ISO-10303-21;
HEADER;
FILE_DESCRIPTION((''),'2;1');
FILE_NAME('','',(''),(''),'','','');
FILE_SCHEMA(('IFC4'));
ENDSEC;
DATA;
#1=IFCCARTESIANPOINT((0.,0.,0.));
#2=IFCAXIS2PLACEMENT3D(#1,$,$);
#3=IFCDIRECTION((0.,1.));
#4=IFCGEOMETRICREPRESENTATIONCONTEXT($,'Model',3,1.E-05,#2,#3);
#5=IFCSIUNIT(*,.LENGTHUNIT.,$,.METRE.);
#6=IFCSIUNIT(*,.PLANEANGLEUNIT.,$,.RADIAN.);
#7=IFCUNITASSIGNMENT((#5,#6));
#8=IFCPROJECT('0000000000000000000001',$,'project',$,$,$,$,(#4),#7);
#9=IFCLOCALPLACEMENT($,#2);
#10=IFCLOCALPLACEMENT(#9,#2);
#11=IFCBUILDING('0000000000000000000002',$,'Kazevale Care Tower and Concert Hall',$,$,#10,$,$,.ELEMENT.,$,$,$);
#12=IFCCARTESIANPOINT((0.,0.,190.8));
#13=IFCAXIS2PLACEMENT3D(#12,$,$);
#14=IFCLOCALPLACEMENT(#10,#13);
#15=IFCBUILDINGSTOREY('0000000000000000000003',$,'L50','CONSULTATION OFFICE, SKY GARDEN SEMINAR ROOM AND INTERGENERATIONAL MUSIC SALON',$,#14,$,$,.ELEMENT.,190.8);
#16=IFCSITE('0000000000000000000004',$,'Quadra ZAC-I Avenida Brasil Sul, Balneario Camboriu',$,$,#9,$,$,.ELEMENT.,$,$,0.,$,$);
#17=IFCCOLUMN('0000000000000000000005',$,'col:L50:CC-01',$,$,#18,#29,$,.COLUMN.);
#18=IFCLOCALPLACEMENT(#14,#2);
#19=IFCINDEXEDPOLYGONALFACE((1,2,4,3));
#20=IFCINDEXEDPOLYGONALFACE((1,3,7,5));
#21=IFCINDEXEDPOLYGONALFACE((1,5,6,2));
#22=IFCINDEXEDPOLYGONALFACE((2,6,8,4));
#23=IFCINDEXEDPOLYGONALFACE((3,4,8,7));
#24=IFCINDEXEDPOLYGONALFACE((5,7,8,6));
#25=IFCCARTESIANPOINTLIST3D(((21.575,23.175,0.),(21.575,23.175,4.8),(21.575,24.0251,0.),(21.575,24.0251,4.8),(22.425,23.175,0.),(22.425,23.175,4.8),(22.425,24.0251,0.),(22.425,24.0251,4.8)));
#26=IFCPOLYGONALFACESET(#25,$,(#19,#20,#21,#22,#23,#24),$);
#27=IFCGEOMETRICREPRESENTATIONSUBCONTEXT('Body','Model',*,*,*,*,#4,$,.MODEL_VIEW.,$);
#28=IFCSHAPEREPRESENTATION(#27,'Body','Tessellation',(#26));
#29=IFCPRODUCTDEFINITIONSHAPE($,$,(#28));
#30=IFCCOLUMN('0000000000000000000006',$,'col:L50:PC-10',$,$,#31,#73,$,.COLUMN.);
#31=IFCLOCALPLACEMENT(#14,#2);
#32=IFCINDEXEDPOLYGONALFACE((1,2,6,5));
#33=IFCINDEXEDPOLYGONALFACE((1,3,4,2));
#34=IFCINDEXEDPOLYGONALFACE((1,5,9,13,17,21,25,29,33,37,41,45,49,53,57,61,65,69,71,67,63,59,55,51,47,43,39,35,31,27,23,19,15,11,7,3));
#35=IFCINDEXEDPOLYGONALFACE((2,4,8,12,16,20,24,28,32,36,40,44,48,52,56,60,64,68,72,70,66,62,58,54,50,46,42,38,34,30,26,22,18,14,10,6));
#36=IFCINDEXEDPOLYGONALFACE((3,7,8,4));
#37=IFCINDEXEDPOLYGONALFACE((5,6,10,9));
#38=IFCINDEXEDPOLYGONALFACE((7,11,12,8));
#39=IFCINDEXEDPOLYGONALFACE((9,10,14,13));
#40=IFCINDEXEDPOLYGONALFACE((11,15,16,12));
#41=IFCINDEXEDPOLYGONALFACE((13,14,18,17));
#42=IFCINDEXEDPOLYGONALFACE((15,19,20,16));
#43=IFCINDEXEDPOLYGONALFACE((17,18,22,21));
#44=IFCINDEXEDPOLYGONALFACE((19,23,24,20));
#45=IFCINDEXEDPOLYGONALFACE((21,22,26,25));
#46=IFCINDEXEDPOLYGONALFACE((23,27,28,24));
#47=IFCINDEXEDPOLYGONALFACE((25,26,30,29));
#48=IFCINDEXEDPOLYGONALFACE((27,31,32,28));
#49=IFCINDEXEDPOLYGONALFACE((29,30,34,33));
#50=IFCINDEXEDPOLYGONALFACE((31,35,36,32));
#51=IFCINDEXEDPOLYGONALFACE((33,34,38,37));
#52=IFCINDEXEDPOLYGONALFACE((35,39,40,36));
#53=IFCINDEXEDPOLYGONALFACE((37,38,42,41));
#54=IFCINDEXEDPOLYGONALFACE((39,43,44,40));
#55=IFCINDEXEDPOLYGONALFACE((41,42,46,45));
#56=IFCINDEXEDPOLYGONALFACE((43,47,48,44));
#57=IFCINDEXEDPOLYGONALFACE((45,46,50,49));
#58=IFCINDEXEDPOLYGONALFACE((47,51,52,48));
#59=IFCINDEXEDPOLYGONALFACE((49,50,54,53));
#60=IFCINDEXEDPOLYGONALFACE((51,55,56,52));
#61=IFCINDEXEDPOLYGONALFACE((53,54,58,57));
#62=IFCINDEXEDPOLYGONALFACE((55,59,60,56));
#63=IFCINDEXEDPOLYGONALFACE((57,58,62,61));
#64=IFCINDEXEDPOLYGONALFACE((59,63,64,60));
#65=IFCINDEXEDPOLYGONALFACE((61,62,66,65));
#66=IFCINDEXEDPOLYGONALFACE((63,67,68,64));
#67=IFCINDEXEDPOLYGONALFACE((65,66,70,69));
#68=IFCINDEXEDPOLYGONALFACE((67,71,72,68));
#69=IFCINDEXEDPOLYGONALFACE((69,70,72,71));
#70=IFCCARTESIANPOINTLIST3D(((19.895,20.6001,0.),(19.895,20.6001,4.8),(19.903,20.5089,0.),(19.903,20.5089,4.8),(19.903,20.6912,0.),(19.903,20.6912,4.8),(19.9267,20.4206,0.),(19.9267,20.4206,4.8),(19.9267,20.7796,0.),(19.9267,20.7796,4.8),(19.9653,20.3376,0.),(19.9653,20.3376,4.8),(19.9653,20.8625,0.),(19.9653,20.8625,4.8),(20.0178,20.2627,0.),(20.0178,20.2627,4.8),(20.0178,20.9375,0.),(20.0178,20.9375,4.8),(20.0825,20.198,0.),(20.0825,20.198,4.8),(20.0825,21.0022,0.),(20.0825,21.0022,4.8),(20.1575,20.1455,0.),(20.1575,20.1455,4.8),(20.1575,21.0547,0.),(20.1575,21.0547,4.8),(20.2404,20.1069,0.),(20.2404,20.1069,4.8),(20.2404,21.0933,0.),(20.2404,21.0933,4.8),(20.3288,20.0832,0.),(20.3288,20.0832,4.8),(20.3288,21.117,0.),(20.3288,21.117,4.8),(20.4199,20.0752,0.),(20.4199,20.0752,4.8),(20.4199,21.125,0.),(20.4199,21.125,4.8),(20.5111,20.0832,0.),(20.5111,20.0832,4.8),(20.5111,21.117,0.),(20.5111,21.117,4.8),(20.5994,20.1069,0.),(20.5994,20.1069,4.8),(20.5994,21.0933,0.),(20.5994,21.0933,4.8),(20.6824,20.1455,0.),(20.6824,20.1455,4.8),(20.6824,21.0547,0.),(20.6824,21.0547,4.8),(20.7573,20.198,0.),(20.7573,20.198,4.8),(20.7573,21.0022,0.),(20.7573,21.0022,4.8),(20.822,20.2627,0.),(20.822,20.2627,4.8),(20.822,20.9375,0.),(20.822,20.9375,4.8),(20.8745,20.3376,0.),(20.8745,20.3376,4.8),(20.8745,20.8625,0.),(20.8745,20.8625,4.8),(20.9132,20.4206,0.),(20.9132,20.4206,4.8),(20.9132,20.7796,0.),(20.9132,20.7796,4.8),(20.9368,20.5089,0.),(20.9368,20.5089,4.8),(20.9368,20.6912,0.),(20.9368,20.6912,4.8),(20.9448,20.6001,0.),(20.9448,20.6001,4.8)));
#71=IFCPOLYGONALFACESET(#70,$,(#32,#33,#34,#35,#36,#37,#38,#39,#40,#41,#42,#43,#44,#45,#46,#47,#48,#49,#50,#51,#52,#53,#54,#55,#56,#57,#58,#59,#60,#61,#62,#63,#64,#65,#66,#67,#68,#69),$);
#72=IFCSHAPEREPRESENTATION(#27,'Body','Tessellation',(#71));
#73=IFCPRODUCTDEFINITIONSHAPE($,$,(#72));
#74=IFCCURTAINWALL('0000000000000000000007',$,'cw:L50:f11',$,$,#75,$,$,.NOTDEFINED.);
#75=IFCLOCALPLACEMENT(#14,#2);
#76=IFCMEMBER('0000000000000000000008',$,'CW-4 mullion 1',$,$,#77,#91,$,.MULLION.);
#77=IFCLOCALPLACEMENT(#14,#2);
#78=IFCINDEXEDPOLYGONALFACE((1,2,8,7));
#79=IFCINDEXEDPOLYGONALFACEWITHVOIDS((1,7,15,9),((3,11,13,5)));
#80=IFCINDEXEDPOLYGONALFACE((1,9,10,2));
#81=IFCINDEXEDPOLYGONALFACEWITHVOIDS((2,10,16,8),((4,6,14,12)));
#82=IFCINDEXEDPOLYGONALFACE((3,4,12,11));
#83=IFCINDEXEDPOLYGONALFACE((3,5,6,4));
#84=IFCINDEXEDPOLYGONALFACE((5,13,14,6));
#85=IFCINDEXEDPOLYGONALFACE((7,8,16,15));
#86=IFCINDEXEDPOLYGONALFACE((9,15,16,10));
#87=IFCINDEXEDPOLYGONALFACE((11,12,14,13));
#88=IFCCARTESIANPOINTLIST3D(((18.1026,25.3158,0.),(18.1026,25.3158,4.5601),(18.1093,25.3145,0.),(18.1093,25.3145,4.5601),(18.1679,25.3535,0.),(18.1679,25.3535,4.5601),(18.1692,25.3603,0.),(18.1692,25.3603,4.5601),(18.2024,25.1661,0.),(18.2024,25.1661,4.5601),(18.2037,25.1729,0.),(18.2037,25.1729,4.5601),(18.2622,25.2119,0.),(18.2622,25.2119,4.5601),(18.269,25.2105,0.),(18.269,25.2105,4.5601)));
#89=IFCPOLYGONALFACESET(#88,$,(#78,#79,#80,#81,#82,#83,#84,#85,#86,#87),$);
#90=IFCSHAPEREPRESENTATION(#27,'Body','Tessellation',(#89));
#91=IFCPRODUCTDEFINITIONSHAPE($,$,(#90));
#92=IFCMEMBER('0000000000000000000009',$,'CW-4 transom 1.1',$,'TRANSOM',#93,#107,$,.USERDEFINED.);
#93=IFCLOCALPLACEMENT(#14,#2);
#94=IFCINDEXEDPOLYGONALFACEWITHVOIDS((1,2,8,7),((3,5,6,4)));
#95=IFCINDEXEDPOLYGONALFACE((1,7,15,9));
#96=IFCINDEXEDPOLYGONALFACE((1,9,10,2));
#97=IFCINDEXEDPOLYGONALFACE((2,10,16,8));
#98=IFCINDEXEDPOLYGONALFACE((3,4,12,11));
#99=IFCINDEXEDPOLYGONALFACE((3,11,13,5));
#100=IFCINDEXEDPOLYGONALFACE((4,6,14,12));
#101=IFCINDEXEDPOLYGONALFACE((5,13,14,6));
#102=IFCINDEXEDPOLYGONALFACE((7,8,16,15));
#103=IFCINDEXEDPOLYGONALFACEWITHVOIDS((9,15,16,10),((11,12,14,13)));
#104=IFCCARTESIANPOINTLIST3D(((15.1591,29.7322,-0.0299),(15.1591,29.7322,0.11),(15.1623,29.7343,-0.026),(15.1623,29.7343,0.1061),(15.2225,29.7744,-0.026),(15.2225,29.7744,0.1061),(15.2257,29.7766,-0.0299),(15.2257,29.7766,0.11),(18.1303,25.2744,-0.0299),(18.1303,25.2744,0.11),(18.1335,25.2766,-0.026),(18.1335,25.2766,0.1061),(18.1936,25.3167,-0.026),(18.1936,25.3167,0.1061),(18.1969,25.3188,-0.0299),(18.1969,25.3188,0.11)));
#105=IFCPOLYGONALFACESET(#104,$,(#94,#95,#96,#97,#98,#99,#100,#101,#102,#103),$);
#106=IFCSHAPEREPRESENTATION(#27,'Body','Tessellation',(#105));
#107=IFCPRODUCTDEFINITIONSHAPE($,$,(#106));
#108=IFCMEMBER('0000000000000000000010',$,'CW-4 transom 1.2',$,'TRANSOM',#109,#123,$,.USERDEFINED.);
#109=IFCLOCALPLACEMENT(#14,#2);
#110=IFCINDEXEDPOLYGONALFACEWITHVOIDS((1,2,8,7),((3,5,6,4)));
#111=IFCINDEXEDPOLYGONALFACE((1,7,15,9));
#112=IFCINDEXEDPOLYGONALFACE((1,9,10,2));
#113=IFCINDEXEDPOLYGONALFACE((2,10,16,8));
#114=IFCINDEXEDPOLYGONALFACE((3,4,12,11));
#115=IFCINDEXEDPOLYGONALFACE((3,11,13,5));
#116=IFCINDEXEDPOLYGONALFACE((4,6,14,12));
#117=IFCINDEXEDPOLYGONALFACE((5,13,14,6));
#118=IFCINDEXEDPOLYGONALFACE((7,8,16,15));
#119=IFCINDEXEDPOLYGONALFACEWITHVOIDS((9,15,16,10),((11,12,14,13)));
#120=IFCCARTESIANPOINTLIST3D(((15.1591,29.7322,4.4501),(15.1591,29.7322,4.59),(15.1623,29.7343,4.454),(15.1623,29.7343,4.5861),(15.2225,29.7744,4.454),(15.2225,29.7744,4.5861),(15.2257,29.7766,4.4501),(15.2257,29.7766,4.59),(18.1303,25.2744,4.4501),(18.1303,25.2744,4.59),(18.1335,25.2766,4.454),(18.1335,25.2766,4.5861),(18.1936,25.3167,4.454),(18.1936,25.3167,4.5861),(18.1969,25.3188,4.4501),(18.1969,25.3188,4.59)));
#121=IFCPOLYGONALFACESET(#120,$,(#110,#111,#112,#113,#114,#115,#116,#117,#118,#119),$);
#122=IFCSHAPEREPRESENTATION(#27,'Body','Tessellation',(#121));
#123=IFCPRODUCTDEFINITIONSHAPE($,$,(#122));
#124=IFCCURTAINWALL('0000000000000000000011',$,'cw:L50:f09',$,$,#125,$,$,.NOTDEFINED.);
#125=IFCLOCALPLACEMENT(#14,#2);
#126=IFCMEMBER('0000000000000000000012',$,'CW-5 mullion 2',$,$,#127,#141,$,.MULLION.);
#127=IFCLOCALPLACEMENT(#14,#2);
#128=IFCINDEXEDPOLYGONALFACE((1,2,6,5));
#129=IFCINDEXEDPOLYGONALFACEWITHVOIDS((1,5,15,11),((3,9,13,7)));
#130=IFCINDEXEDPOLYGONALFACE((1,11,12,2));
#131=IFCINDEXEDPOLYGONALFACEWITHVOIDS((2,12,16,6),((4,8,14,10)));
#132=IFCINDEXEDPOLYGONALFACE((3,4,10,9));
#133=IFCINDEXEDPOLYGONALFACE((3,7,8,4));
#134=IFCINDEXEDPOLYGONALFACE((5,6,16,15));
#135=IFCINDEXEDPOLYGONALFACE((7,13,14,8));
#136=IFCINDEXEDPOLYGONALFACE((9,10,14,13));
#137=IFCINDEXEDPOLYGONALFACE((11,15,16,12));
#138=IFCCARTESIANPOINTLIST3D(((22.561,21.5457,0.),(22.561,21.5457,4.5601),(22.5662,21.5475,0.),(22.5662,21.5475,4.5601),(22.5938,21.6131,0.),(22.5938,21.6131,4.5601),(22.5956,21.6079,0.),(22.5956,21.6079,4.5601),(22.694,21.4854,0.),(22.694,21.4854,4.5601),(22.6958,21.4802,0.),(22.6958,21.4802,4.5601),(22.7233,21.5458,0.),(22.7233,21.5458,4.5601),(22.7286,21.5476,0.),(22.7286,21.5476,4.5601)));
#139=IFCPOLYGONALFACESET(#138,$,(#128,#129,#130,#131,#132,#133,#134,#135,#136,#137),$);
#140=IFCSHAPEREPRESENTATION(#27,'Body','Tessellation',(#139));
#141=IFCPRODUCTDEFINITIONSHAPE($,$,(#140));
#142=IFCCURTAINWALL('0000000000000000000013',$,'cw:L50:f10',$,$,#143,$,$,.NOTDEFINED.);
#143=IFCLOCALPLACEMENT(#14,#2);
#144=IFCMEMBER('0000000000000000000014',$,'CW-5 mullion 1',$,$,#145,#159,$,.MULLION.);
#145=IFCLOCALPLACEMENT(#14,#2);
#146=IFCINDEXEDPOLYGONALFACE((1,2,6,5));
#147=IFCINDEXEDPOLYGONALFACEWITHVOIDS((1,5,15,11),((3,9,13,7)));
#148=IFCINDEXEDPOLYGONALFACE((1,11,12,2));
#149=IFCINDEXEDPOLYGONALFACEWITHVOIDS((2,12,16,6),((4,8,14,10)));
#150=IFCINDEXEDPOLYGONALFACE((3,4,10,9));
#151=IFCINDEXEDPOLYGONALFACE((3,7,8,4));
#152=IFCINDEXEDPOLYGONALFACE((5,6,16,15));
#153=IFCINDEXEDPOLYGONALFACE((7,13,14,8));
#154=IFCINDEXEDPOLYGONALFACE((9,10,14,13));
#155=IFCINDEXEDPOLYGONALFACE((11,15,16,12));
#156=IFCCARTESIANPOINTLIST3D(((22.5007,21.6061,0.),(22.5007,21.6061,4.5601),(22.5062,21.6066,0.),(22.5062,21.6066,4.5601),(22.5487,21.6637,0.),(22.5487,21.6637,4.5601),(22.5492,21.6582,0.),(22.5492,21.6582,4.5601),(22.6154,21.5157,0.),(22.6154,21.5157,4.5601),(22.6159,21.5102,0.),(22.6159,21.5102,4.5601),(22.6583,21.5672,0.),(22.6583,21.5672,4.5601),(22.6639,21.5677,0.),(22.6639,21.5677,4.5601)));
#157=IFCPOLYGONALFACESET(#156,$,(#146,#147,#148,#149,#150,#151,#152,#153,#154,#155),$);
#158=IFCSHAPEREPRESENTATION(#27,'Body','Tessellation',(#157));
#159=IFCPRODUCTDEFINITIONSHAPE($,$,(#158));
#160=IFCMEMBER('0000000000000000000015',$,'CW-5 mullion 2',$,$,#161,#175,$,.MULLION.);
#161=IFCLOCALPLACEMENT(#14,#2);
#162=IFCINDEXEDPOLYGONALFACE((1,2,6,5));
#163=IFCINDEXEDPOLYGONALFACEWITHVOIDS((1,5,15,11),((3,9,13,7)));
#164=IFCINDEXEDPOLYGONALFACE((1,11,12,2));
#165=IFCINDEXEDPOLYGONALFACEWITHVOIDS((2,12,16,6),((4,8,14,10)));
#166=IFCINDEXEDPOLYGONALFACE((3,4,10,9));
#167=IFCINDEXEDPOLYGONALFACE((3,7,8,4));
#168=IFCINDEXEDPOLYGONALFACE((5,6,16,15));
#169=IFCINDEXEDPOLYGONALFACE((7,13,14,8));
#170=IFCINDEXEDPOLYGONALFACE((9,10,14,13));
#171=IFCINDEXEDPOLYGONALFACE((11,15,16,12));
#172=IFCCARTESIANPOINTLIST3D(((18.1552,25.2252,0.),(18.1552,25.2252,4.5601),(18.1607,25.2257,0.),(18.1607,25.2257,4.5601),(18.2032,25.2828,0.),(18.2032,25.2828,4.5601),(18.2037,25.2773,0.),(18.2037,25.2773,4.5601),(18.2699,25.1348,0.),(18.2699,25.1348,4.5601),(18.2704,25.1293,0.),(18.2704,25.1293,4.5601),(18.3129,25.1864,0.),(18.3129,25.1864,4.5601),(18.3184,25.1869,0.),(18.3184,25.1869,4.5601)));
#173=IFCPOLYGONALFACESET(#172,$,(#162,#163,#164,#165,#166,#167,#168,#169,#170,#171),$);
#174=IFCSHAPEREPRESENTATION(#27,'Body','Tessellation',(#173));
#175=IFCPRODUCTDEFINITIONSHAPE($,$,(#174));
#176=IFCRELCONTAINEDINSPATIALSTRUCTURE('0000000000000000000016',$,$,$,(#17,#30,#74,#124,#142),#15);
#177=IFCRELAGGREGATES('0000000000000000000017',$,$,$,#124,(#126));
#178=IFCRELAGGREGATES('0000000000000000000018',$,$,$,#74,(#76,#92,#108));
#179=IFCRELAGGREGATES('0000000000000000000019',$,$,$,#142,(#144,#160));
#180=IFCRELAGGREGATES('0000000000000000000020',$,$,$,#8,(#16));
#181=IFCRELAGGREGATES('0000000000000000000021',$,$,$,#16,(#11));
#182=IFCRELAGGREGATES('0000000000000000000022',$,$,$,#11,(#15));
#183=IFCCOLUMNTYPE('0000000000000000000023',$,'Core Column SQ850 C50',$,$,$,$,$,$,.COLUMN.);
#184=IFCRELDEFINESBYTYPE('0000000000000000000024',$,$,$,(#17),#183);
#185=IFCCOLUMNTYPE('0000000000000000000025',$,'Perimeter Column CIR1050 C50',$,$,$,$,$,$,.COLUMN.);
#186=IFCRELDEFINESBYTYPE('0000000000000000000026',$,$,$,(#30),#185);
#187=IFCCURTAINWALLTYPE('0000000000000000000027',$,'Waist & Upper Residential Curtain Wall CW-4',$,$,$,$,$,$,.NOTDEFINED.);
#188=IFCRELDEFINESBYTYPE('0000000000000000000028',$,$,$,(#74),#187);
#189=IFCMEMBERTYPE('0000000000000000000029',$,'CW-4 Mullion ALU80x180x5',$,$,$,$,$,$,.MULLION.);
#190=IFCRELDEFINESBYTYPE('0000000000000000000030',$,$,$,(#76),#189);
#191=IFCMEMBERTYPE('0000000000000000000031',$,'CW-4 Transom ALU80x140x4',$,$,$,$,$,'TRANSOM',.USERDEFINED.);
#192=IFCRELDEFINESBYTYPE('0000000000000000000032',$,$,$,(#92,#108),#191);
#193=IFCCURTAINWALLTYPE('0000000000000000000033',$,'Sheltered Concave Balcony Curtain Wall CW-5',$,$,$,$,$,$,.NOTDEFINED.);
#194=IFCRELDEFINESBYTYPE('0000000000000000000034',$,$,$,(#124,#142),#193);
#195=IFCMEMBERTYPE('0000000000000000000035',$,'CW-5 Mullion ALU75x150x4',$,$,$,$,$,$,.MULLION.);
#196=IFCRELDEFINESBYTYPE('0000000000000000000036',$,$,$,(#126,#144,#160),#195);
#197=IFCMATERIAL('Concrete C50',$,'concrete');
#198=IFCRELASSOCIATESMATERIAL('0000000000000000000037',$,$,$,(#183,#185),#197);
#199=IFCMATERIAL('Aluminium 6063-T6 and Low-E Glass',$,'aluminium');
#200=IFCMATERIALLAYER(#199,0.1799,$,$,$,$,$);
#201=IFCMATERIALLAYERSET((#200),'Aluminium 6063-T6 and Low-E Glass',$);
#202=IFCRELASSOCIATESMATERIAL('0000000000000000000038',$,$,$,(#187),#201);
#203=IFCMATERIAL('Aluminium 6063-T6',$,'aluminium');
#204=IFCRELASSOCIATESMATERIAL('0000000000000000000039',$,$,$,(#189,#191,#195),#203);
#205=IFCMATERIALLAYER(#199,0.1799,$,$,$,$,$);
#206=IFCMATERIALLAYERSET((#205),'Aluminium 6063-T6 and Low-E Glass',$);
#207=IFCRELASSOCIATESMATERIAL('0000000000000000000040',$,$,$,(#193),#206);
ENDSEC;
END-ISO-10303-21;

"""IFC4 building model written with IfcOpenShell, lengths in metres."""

from ifc_helpers import new_model, si_unit, direction, frame, origin, origin_2d, place, context, subcontext, project, spatial, rectangle, hollow_rectangle, circle, extrude, material, layer, layer_set, material_profile, profile_set, type_object, element, aggregate, save


model = new_model("IFC4")

# Units and contexts
model_context = context("Model", 3, precision=1e-05, world=origin(), true_north=direction((0.0, 1.0)))
body_context = subcontext(model_context, "Body", "Model", "MODEL_VIEW")
ifc_project = project(units=[si_unit("LENGTHUNIT", "METRE"), si_unit("PLANEANGLEUNIT", "RADIAN")], contexts=[model_context])

# Site, building, storey
site_placement = place(None, origin())
site = spatial("IfcSite", under=ifc_project, at=site_placement, Name="Quadra ZAC-I Avenida Brasil Sul, Balneario Camboriu", CompositionType="ELEMENT", RefElevation=0.0)
building_placement = place(site_placement, origin())
building = spatial("IfcBuilding", under=site, at=building_placement, Name="Kazevale Care Tower and Concert Hall", CompositionType="ELEMENT")
storey_placement = place(building_placement, frame((0.0, 0.0, 190.8)))
storey = spatial("IfcBuildingStorey", under=building, at=storey_placement, Name="L50", Description="CONSULTATION OFFICE, SKY GARDEN SEMINAR ROOM AND INTERGENERATIONAL MUSIC SALON", CompositionType="ELEMENT", Elevation=190.8)

# Columns
ifc_material_1 = material(Name="Concrete C50", Category="concrete")
ifc_material_profile_1 = material_profile(ifc_material_1, rectangle(XDim=0.8501, YDim=0.8501, at=origin_2d()), Name="RC-SQ850")
ifc_profile_set_1 = profile_set([ifc_material_profile_1], Name="Concrete C50")
column_type_1 = type_object("IfcColumnType", Name="Core Column SQ850 C50", PredefinedType="COLUMN", material=ifc_profile_set_1)
column_1_placement = place(storey_placement, frame((22.0, 23.6001, 0.0), z_axis=(0.0, 0.0, 1.0), x_axis=(1.0, 0.0, 0.0)))
element("IfcColumn", 1, at=column_1_placement, inside=storey, type_object=column_type_1, Name="col:L50:CC-01", PredefinedType="COLUMN", context=body_context, shape_type="SweptSolid", body=[
    extrude(rectangle(XDim=0.8501, YDim=0.8501, at=origin_2d()), origin(), (0.0, 0.0, 1.0), 4.8),
])
ifc_material_profile_2 = material_profile(ifc_material_1, circle(Radius=0.5249, at=origin_2d()), Name="RC-CIR1050")
ifc_profile_set_2 = profile_set([ifc_material_profile_2], Name="Concrete C50")
column_type_2 = type_object("IfcColumnType", Name="Perimeter Column CIR1050 C50", PredefinedType="COLUMN", material=ifc_profile_set_2)
column_2_placement = place(storey_placement, frame((20.4199, 20.6001, 0.0), z_axis=(0.0, 0.0, 1.0), x_axis=(1.0, 0.0, 0.0)))
element("IfcColumn", 2, at=column_2_placement, inside=storey, type_object=column_type_2, Name="col:L50:PC-10", PredefinedType="COLUMN", context=body_context, shape_type="SweptSolid", body=[
    extrude(circle(Radius=0.5249, at=origin_2d()), origin(), (0.0, 0.0, 1.0), 4.8),
])

# Curtain wall, members
ifc_material_2 = material(Name="Aluminium 6063-T6 and Low-E Glass", Category="aluminium")
ifc_layer_1 = layer(ifc_material_2, 0.1799)
ifc_layer_set_1 = layer_set([ifc_layer_1], Name="Aluminium 6063-T6 and Low-E Glass")
curtain_wall_type_1 = type_object("IfcCurtainWallType", Name="Waist & Upper Residential Curtain Wall CW-4", PredefinedType="NOTDEFINED", material=ifc_layer_set_1)
curtain_wall_1_placement = place(storey_placement, origin())
curtain_wall_1 = element("IfcCurtainWall", 3, at=curtain_wall_1_placement, inside=storey, type_object=curtain_wall_type_1, Name="cw:L50:f11", PredefinedType="NOTDEFINED")
ifc_material_3 = material(Name="Aluminium 6063-T6", Category="aluminium")
ifc_material_profile_3 = material_profile(ifc_material_3, hollow_rectangle(XDim=0.0801, YDim=0.1799, WallThickness=0.0049, at=origin_2d()), Name="ALU80x180x5")
ifc_profile_set_3 = profile_set([ifc_material_profile_3], Name="Aluminium 6063-T6")
member_type_1 = type_object("IfcMemberType", Name="CW-4 Mullion ALU80x180x5", PredefinedType="MULLION", material=ifc_profile_set_3)
member_1_placement = place(storey_placement, frame((18.1858, 25.2632, 0.0), z_axis=(0.0, 0.0, 1.0), x_axis=(-0.832106, -0.554617, 0.0)))
member_1 = element("IfcMember", 4, at=member_1_placement, type_object=member_type_1, Name="CW-4 mullion 1", PredefinedType="MULLION", context=body_context, shape_type="SweptSolid", body=[
    extrude(hollow_rectangle(XDim=0.0801, YDim=0.1799, WallThickness=0.0049, at=origin_2d()), origin(), (0.0, 0.0, 1.0), 4.5601),
])
ifc_material_profile_4 = material_profile(ifc_material_3, hollow_rectangle(XDim=0.0801, YDim=0.1399, WallThickness=0.0039, at=origin_2d()), Name="ALU80x140x4")
ifc_profile_set_4 = profile_set([ifc_material_profile_4], Name="Aluminium 6063-T6")
member_type_2 = type_object("IfcMemberType", Name="CW-4 Transom ALU80x140x4", ElementType="TRANSOM", PredefinedType="USERDEFINED", material=ifc_profile_set_4)
member_2_placement = place(storey_placement, frame((18.1636, 25.2966, 0.04), z_axis=(-0.554616, 0.832106, 0.0), x_axis=(-0.832106, -0.554616, 0.0)))
member_2 = element("IfcMember", 5, at=member_2_placement, type_object=member_type_2, Name="CW-4 transom 1.1", ObjectType="TRANSOM", PredefinedType="USERDEFINED", context=body_context, shape_type="SweptSolid", body=[
    extrude(hollow_rectangle(XDim=0.0801, YDim=0.1399, WallThickness=0.0039, at=origin_2d()), origin(), (0.0, 0.0, 1.0), 5.3572),
])
member_3_placement = place(storey_placement, frame((18.1636, 25.2966, 4.52), z_axis=(-0.554616, 0.832106, 0.0), x_axis=(-0.832106, -0.554616, 0.0)))
member_3 = element("IfcMember", 6, at=member_3_placement, type_object=member_type_2, Name="CW-4 transom 1.2", ObjectType="TRANSOM", PredefinedType="USERDEFINED", context=body_context, shape_type="SweptSolid", body=[
    extrude(hollow_rectangle(XDim=0.0801, YDim=0.1399, WallThickness=0.0039, at=origin_2d()), origin(), (0.0, 0.0, 1.0), 5.3572),
])

# Curtain wall, member
ifc_layer_2 = layer(ifc_material_2, 0.1799)
ifc_layer_set_2 = layer_set([ifc_layer_2], Name="Aluminium 6063-T6 and Low-E Glass")
curtain_wall_type_2 = type_object("IfcCurtainWallType", Name="Sheltered Concave Balcony Curtain Wall CW-5", PredefinedType="NOTDEFINED", material=ifc_layer_set_2)
curtain_wall_2_placement = place(storey_placement, origin())
curtain_wall_2 = element("IfcCurtainWall", 7, at=curtain_wall_2_placement, inside=storey, type_object=curtain_wall_type_2, Name="cw:L50:f09", PredefinedType="NOTDEFINED")
ifc_material_profile_5 = material_profile(ifc_material_3, hollow_rectangle(XDim=0.075, YDim=0.1499, WallThickness=0.0039, at=origin_2d()), Name="ALU75x150x4")
ifc_profile_set_5 = profile_set([ifc_material_profile_5], Name="Aluminium 6063-T6")
member_type_3 = type_object("IfcMemberType", Name="CW-5 Mullion ALU75x150x4", PredefinedType="MULLION", material=ifc_profile_set_5)
member_4_placement = place(storey_placement, frame((22.6448, 21.5466, 0.0), z_axis=(0.0, 0.0, 1.0), x_axis=(-0.437238, -0.899346, 0.0)))
member_4 = element("IfcMember", 8, at=member_4_placement, type_object=member_type_3, Name="CW-5 mullion 2", PredefinedType="MULLION", context=body_context, shape_type="SweptSolid", body=[
    extrude(hollow_rectangle(XDim=0.075, YDim=0.1499, WallThickness=0.0039, at=origin_2d()), origin(), (0.0, 0.0, 1.0), 4.5601),
])
aggregate(curtain_wall_2, [member_4])

# Curtain wall, members
curtain_wall_3_placement = place(storey_placement, origin())
curtain_wall_3 = element("IfcCurtainWall", 9, at=curtain_wall_3_placement, inside=storey, type_object=curtain_wall_type_2, Name="cw:L50:f10", PredefinedType="NOTDEFINED")
member_5_placement = place(storey_placement, frame((22.5823, 21.5869, 0.0), z_axis=(0.0, 0.0, 1.0), x_axis=(-0.639961, -0.768407, 0.0)))
member_5 = element("IfcMember", 10, at=member_5_placement, type_object=member_type_3, Name="CW-5 mullion 1", PredefinedType="MULLION", context=body_context, shape_type="SweptSolid", body=[
    extrude(hollow_rectangle(XDim=0.075, YDim=0.1499, WallThickness=0.0039, at=origin_2d()), origin(), (0.0, 0.0, 1.0), 4.5601),
])
member_6_placement = place(storey_placement, frame((18.2368, 25.2061, 0.0), z_axis=(0.0, 0.0, 1.0), x_axis=(-0.639961, -0.768407, 0.0)))
member_6 = element("IfcMember", 11, at=member_6_placement, type_object=member_type_3, Name="CW-5 mullion 2", PredefinedType="MULLION", context=body_context, shape_type="SweptSolid", body=[
    extrude(hollow_rectangle(XDim=0.075, YDim=0.1499, WallThickness=0.0039, at=origin_2d()), origin(), (0.0, 0.0, 1.0), 4.5601),
])

aggregate(curtain_wall_1, [member_1, member_2, member_3])
aggregate(curtain_wall_3, [member_5, member_6])

save(model, "model.ifc")
